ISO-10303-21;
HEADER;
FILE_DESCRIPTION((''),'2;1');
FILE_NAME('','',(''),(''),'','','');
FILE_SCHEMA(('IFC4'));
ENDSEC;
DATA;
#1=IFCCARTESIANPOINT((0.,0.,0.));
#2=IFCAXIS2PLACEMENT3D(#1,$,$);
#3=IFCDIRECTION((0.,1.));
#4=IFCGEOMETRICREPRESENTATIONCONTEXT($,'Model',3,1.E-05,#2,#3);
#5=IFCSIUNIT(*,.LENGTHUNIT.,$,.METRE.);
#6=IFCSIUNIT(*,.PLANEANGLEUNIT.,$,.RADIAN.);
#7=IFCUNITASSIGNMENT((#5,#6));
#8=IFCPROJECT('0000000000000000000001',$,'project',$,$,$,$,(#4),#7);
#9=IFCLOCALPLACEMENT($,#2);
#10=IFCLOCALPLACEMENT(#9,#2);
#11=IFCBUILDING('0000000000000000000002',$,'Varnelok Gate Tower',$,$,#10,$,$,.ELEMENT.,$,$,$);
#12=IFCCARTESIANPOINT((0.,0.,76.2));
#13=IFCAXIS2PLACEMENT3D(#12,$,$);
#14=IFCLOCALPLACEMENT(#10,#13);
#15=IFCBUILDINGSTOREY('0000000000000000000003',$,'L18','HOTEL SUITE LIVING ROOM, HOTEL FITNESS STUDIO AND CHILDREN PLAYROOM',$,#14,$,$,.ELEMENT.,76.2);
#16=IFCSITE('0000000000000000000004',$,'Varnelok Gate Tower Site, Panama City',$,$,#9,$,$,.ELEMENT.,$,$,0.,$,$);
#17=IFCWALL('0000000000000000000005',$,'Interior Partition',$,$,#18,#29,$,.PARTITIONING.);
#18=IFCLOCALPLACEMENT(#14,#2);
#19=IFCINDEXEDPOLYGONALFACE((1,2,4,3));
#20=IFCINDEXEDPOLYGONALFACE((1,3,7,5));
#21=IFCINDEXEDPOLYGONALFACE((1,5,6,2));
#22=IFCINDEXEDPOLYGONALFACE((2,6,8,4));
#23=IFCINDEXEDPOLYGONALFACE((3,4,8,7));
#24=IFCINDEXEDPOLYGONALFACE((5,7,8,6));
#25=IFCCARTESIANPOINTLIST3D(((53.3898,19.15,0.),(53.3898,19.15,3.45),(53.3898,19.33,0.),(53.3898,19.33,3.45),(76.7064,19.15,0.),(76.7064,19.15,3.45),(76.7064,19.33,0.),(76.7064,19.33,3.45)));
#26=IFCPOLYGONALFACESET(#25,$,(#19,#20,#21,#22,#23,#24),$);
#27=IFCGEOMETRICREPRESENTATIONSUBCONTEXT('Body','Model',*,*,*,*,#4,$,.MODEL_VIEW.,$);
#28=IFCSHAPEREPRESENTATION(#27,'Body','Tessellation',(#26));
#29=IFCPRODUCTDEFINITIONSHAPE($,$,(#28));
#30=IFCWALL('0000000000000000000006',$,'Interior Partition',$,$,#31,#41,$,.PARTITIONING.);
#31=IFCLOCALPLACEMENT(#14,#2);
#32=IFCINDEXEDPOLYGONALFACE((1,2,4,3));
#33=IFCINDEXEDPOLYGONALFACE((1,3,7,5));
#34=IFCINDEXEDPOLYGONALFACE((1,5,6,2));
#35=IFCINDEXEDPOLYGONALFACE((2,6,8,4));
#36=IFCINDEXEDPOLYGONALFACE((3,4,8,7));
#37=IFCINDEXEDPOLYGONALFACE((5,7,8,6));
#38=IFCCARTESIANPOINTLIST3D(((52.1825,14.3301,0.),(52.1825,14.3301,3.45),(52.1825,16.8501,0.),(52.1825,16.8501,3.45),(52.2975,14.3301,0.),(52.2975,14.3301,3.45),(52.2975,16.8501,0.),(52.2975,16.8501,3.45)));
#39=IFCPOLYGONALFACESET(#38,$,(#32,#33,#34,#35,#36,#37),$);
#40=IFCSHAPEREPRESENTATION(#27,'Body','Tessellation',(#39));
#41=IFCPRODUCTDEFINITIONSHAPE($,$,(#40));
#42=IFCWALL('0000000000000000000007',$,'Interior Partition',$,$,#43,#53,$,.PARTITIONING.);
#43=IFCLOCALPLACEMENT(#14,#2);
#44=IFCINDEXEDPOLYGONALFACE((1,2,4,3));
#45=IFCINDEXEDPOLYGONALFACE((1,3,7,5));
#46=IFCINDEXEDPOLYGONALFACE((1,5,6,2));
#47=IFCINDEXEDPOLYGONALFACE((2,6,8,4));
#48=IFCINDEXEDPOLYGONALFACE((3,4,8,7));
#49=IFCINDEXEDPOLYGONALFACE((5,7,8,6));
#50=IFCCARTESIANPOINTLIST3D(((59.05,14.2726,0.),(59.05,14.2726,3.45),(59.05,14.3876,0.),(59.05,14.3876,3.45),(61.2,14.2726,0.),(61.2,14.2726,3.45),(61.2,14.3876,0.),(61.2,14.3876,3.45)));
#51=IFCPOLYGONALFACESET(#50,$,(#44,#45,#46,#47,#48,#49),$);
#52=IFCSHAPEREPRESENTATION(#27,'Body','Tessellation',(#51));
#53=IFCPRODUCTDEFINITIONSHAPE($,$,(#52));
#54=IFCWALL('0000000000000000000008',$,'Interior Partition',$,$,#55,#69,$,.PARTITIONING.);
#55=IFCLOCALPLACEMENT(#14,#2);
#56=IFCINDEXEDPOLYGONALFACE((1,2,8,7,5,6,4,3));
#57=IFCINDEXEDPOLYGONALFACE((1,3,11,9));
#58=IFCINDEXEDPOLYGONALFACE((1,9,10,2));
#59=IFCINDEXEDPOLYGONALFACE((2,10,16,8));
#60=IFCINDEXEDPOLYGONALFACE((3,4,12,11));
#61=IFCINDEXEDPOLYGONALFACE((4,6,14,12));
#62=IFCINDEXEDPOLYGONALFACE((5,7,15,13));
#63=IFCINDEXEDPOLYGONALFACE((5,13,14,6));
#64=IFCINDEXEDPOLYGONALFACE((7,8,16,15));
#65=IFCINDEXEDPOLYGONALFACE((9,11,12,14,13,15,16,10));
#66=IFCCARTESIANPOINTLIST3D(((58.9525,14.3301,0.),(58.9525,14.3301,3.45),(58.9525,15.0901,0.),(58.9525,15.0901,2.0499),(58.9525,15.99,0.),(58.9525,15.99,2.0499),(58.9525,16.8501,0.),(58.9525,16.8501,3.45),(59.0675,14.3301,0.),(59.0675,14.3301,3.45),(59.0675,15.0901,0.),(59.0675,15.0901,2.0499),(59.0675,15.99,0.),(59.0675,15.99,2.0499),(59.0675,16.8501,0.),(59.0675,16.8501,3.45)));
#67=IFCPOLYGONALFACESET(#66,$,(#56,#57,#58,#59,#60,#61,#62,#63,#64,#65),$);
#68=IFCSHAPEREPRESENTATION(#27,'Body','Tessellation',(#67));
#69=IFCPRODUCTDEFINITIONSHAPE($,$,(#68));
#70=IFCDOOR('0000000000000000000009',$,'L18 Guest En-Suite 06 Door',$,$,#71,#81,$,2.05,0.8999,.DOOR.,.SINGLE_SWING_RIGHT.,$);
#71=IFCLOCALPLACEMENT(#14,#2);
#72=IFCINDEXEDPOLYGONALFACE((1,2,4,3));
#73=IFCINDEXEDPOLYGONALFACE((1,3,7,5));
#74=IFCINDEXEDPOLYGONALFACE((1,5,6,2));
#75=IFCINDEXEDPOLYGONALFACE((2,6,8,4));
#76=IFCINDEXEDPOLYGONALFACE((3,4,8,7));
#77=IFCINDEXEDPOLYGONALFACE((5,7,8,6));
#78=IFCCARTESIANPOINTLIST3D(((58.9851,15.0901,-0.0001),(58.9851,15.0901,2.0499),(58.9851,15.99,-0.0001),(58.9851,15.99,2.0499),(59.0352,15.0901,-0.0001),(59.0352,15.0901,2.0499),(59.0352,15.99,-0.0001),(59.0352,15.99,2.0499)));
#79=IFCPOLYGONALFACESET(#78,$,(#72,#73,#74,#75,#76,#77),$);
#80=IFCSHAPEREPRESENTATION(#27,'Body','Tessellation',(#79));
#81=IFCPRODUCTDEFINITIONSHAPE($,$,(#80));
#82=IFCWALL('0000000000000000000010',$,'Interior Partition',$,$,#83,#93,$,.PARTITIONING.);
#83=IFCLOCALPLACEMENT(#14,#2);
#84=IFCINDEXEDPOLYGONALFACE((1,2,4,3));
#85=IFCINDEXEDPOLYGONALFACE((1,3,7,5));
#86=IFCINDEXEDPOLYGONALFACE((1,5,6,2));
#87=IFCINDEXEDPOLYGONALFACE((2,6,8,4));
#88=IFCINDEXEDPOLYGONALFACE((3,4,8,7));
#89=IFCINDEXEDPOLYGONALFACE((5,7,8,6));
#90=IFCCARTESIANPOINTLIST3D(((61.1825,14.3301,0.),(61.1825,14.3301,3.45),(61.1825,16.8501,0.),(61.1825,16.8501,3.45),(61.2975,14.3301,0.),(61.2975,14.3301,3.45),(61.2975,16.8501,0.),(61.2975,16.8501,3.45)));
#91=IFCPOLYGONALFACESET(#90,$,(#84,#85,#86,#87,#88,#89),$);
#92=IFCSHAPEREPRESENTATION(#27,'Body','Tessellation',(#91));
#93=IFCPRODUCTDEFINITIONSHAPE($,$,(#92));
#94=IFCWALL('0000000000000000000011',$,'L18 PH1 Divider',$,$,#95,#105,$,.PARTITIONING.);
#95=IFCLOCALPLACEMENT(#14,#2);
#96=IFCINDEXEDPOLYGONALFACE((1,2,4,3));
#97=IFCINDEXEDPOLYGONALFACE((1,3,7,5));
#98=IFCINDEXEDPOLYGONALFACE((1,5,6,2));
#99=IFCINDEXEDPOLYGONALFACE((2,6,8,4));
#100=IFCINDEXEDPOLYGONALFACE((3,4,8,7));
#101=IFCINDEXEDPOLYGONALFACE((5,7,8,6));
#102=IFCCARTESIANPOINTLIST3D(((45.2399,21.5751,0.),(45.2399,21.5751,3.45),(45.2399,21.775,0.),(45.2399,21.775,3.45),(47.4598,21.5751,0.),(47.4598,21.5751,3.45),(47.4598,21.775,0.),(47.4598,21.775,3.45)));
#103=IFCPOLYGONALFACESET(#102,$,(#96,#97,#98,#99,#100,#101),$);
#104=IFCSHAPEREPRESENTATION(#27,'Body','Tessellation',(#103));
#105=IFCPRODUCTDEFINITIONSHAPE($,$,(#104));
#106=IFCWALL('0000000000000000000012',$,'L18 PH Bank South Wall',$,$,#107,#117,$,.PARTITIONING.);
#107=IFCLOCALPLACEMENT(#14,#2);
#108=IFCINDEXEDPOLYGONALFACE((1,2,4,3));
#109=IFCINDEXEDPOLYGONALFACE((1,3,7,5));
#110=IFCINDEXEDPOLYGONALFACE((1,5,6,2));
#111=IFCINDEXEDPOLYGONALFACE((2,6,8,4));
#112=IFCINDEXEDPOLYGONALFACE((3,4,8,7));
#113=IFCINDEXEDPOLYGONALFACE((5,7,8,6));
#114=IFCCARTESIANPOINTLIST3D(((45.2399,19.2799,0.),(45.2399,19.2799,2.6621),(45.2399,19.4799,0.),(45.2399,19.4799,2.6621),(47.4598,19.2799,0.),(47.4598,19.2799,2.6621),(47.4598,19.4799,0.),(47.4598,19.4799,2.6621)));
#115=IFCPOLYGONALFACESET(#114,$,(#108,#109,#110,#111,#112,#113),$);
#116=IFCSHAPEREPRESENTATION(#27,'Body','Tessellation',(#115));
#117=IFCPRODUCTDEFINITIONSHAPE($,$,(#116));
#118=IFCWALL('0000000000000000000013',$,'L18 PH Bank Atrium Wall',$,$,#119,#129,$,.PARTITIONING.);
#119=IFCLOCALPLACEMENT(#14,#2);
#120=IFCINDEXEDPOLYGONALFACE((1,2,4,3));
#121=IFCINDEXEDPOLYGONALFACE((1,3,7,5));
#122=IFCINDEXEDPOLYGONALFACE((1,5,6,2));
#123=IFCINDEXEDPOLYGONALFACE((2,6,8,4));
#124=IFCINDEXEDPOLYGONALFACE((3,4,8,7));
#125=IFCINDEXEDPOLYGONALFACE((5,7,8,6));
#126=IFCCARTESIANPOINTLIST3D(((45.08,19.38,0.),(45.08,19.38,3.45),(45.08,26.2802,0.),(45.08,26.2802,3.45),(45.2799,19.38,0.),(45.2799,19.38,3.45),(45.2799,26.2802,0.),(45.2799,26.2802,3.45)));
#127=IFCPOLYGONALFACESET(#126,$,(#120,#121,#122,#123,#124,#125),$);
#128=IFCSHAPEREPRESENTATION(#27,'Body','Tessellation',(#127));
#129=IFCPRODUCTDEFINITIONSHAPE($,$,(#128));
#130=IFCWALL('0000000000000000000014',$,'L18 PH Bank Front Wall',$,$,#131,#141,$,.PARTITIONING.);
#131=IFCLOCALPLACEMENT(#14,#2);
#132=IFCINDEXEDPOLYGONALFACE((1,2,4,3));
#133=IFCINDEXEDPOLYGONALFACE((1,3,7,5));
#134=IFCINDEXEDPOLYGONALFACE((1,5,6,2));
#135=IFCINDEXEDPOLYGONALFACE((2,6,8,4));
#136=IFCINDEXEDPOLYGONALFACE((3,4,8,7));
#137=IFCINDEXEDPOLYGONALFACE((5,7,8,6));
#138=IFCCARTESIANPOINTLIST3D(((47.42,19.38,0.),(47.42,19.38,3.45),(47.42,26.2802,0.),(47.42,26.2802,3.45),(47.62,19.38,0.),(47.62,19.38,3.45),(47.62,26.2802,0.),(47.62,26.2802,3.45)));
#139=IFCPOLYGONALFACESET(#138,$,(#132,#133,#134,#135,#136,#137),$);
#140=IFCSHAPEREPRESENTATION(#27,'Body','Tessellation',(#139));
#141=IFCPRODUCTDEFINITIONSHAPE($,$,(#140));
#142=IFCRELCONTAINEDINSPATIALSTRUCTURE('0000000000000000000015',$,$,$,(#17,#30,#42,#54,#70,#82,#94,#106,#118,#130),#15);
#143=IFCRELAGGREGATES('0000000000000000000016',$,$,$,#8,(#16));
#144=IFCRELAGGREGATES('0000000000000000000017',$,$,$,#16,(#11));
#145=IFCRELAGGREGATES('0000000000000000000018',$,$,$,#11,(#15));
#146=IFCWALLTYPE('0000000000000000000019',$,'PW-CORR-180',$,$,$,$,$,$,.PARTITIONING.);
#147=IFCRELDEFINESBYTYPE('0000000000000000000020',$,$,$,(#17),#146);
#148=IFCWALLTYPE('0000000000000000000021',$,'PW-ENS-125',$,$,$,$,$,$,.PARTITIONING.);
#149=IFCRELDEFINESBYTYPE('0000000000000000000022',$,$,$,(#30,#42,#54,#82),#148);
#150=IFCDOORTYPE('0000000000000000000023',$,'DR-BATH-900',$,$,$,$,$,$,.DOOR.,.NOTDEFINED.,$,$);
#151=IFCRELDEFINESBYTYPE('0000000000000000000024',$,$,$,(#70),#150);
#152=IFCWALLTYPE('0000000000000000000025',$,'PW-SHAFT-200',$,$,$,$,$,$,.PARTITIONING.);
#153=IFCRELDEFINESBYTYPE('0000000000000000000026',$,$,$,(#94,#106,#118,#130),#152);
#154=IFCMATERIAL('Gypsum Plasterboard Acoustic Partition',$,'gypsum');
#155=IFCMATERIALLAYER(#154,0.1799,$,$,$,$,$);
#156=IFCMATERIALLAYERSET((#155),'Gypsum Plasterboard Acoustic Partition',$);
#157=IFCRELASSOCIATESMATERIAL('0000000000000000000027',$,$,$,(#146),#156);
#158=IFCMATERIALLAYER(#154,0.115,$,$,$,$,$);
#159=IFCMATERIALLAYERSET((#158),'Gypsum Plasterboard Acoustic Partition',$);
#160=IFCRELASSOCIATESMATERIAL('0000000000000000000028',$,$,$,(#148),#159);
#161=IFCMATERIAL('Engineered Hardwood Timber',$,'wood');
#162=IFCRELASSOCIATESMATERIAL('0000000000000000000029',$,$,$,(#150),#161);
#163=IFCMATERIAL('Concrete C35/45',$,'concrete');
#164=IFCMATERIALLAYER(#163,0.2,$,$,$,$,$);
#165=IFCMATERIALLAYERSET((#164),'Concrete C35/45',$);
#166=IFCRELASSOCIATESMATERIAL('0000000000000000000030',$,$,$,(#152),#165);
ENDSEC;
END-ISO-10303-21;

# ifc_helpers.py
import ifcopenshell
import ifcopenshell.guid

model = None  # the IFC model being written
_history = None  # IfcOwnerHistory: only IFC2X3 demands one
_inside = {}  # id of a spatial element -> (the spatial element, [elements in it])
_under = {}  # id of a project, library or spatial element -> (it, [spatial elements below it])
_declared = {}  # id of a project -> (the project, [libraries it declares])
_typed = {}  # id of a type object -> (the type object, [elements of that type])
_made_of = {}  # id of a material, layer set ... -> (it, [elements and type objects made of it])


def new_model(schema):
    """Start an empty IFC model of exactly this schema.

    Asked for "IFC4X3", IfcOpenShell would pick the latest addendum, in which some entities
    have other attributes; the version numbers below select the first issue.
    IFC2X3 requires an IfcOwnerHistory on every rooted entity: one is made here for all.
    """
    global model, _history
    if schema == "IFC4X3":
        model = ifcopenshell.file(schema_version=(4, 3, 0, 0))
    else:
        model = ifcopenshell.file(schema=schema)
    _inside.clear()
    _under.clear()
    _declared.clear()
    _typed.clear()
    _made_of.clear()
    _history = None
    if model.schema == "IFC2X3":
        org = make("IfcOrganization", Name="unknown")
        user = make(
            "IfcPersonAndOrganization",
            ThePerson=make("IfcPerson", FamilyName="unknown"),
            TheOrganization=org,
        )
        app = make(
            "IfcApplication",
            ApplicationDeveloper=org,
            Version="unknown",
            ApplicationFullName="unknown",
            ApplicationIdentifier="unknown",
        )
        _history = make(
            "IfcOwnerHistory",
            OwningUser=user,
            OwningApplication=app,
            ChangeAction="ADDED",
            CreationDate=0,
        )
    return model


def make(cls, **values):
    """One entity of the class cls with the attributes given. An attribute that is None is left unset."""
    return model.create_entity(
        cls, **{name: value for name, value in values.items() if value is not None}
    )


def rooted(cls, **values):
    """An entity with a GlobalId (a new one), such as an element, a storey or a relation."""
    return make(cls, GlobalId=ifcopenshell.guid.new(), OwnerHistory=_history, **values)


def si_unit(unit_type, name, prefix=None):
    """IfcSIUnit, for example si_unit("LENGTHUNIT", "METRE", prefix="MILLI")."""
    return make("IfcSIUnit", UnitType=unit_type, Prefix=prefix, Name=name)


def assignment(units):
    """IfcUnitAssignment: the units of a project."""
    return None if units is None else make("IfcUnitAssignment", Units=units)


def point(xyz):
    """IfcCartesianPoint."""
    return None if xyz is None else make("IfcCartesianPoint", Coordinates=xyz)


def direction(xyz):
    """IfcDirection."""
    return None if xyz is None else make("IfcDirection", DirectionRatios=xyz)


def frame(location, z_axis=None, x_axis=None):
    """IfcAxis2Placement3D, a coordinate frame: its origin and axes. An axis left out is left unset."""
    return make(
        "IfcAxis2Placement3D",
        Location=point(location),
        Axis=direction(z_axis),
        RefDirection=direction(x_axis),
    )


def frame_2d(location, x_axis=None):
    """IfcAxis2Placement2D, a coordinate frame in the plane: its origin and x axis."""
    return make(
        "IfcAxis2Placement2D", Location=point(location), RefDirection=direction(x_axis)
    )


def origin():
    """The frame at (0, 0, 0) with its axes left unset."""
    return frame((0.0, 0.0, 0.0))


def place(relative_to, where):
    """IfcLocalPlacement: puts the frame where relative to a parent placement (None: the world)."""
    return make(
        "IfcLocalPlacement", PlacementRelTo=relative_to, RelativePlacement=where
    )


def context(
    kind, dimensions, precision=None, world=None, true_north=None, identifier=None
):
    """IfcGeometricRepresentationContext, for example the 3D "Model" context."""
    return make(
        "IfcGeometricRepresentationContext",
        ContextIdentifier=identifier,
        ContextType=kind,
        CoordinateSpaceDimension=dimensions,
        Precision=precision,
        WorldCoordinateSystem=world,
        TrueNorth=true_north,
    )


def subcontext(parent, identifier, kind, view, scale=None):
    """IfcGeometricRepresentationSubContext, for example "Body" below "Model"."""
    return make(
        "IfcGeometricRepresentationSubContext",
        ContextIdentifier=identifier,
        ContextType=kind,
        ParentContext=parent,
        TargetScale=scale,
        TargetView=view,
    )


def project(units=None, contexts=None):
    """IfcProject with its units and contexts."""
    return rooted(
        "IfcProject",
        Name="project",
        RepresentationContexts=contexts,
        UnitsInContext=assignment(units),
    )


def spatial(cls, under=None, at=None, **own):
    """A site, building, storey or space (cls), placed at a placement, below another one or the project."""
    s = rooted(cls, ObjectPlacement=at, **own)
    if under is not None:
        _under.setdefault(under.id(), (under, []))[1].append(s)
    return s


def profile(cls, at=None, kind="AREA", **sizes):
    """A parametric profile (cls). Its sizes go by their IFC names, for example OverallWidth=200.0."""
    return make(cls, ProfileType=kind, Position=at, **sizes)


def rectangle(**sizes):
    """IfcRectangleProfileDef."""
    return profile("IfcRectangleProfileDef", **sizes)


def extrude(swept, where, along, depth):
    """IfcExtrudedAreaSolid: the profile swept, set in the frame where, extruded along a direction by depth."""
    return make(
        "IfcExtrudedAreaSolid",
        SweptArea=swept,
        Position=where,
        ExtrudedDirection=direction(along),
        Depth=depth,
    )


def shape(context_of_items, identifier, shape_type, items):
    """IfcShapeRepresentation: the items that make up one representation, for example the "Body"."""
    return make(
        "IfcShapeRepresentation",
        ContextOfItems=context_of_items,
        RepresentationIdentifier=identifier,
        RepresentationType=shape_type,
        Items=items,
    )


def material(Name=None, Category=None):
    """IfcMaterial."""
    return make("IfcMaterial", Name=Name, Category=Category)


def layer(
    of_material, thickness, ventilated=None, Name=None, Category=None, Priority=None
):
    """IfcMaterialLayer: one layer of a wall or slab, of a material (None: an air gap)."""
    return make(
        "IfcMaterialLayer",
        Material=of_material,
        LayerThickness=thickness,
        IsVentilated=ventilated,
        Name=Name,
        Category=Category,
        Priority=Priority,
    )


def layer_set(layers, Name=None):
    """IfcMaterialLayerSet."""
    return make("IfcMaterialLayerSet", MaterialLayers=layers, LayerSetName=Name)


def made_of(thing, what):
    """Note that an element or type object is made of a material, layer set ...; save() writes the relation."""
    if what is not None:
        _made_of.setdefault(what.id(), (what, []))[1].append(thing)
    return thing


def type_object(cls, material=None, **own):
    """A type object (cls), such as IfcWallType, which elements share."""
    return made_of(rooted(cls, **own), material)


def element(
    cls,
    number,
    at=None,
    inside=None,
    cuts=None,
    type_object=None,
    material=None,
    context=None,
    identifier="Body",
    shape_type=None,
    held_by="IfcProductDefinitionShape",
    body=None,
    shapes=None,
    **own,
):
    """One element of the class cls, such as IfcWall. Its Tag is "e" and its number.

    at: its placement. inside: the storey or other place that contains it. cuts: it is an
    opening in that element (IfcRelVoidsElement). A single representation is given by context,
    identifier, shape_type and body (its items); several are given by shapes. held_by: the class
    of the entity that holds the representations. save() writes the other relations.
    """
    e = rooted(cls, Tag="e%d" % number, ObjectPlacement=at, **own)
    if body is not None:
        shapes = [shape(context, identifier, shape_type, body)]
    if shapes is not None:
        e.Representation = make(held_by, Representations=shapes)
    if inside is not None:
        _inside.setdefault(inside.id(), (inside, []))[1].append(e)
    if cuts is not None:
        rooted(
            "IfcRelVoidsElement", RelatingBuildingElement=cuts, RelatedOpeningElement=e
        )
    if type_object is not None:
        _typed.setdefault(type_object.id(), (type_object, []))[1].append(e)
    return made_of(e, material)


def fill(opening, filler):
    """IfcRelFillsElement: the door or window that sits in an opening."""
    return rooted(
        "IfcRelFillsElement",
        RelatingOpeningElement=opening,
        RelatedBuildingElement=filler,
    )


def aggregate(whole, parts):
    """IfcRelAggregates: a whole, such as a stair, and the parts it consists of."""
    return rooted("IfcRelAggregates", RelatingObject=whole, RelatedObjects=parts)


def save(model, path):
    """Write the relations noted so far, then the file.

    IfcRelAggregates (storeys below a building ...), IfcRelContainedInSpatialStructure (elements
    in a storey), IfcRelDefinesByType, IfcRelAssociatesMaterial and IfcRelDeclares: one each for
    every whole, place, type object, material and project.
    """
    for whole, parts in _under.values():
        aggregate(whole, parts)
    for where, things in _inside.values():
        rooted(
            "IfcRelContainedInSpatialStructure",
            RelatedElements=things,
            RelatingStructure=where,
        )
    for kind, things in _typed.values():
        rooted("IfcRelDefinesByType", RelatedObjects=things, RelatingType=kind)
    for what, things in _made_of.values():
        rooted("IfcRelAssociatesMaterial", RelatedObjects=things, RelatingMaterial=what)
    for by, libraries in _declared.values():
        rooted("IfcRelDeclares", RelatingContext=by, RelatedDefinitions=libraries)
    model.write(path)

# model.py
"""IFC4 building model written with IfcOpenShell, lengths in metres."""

from ifc_helpers import new_model, si_unit, direction, frame, frame_2d, origin, place, context, subcontext, project, spatial, rectangle, extrude, material, layer, layer_set, type_object, element, fill, save


model = new_model("IFC4")

# Units and contexts
model_context = context("Model", 3, precision=1e-05, world=origin(), true_north=direction((0.0, 1.0)))
body_context = subcontext(model_context, "Body", "Model", "MODEL_VIEW")
ifc_project = project(units=[si_unit("LENGTHUNIT", "METRE"), si_unit("PLANEANGLEUNIT", "RADIAN")], contexts=[model_context])

# Site, building, storey
site_placement = place(None, origin())
site = spatial("IfcSite", under=ifc_project, at=site_placement, Name="Varnelok Gate Tower Site, Panama City", CompositionType="ELEMENT", RefElevation=0.0)
building_placement = place(site_placement, origin())
building = spatial("IfcBuilding", under=site, at=building_placement, Name="Varnelok Gate Tower", CompositionType="ELEMENT")
storey_placement = place(building_placement, frame((0.0, 0.0, 76.2)))
storey = spatial("IfcBuildingStorey", under=building, at=storey_placement, Name="L18", Description="HOTEL SUITE LIVING ROOM, HOTEL FITNESS STUDIO AND CHILDREN PLAYROOM", CompositionType="ELEMENT", Elevation=76.2)

# Shared definitions
ifc_material_1 = material(Name="Gypsum Plasterboard Acoustic Partition", Category="gypsum")
ifc_layer_1 = layer(ifc_material_1, 0.1799)
ifc_layer_set_1 = layer_set([ifc_layer_1], Name="Gypsum Plasterboard Acoustic Partition")
wall_type_1 = type_object("IfcWallType", Name="PW-CORR-180", PredefinedType="PARTITIONING", material=ifc_layer_set_1)
ifc_material_2 = material(Name="Engineered Hardwood Timber", Category="wood")

# Walls
wall_1_placement = place(storey_placement, frame((53.3899, 19.24, 0.0), z_axis=(0.0, 0.0, 1.0), x_axis=(1.0, 0.0, 0.0)))
element("IfcWall", 1, at=wall_1_placement, inside=storey, type_object=wall_type_1, Name="Interior Partition", PredefinedType="PARTITIONING", context=body_context, shape_type="SweptSolid", body=[
    extrude(rectangle(XDim=23.3167, YDim=0.1799, at=frame_2d((11.6582, 0.0))), origin(), (0.0, 0.0, 1.0), 3.45),
])
ifc_layer_2 = layer(ifc_material_1, 0.115)
ifc_layer_set_2 = layer_set([ifc_layer_2], Name="Gypsum Plasterboard Acoustic Partition")
wall_type_2 = type_object("IfcWallType", Name="PW-ENS-125", PredefinedType="PARTITIONING", material=ifc_layer_set_2)
wall_2_placement = place(storey_placement, frame((52.24, 14.3301, 0.0), z_axis=(0.0, 0.0, 1.0), x_axis=(0.0, 1.0, 0.0)))
element("IfcWall", 2, at=wall_2_placement, inside=storey, type_object=wall_type_2, Name="Interior Partition", PredefinedType="PARTITIONING", context=body_context, shape_type="SweptSolid", body=[
    extrude(rectangle(XDim=2.52, YDim=0.115, at=frame_2d((1.26, 0.0))), origin(), (0.0, 0.0, 1.0), 3.45),
])
wall_3_placement = place(storey_placement, frame((59.05, 14.3301, 0.0), z_axis=(0.0, 0.0, 1.0), x_axis=(1.0, 0.0, 0.0)))
element("IfcWall", 3, at=wall_3_placement, inside=storey, type_object=wall_type_2, Name="Interior Partition", PredefinedType="PARTITIONING", context=body_context, shape_type="SweptSolid", body=[
    extrude(rectangle(XDim=2.1499, YDim=0.115, at=frame_2d((1.075, 0.0))), origin(), (0.0, 0.0, 1.0), 3.45),
])

# Wall, opening, door
wall_4_placement = place(storey_placement, frame((59.01, 14.3301, 0.0), z_axis=(0.0, 0.0, 1.0), x_axis=(0.0, 1.0, 0.0)))
wall_4 = element("IfcWall", 4, at=wall_4_placement, inside=storey, type_object=wall_type_2, Name="Interior Partition", PredefinedType="PARTITIONING", context=body_context, shape_type="SweptSolid", body=[
    extrude(rectangle(XDim=2.52, YDim=0.115, at=frame_2d((1.26, 0.0))), origin(), (0.0, 0.0, 1.0), 3.45),
])
opening_1_placement = place(wall_4_placement, frame((0.76, 0.0, 0.0)))
opening_1 = element("IfcOpeningElement", 5, at=opening_1_placement, cuts=wall_4, PredefinedType="OPENING", context=body_context, shape_type="SweptSolid", body=[
    extrude(rectangle(XDim=0.8999, YDim=2.05, at=frame_2d((0.45, 1.0249))), frame((0.0, 0.0674, 0.0), z_axis=(0.0, -1.0, 0.0), x_axis=(1.0, 0.0, 0.0)), (0.0, 0.0, 1.0), 0.135),
])
door_type_1 = type_object("IfcDoorType", Name="DR-BATH-900", OperationType="NOTDEFINED", PredefinedType="DOOR", material=ifc_material_2)
door_1_placement = place(opening_1_placement, origin())
door_1 = element("IfcDoor", 6, at=door_1_placement, inside=storey, type_object=door_type_1, Name="L18 Guest En-Suite 06 Door", OperationType="SINGLE_SWING_RIGHT", OverallHeight=2.05, OverallWidth=0.8999, PredefinedType="DOOR", context=body_context, shape_type="SweptSolid", body=[
    extrude(rectangle(XDim=0.8999, YDim=2.05, at=frame_2d((0.45, 1.0249))), frame((0.0, 0.0249, 0.0), z_axis=(0.0, -1.0, 0.0), x_axis=(1.0, 0.0, 0.0)), (0.0, 0.0, 1.0), 0.05),
])
fill(opening_1, door_1)

# Walls
wall_5_placement = place(storey_placement, frame((61.24, 14.3301, 0.0), z_axis=(0.0, 0.0, 1.0), x_axis=(0.0, 1.0, 0.0)))
element("IfcWall", 7, at=wall_5_placement, inside=storey, type_object=wall_type_2, Name="Interior Partition", PredefinedType="PARTITIONING", context=body_context, shape_type="SweptSolid", body=[
    extrude(rectangle(XDim=2.52, YDim=0.115, at=frame_2d((1.26, 0.0))), origin(), (0.0, 0.0, 1.0), 3.45),
])
ifc_material_3 = material(Name="Concrete C35/45", Category="concrete")
ifc_layer_3 = layer(ifc_material_3, 0.2)
ifc_layer_set_3 = layer_set([ifc_layer_3], Name="Concrete C35/45")
wall_type_3 = type_object("IfcWallType", Name="PW-SHAFT-200", PredefinedType="PARTITIONING", material=ifc_layer_set_3)
wall_6_placement = place(storey_placement, frame((45.24, 21.675, 0.0), z_axis=(0.0, 0.0, 1.0), x_axis=(1.0, 0.0, 0.0)))
element("IfcWall", 8, at=wall_6_placement, inside=storey, type_object=wall_type_3, Name="L18 PH1 Divider", PredefinedType="PARTITIONING", context=body_context, shape_type="SweptSolid", body=[
    extrude(rectangle(XDim=2.22, YDim=0.2, at=frame_2d((1.1099, 0.0))), origin(), (0.0, 0.0, 1.0), 3.45),
])
wall_7_placement = place(storey_placement, frame((45.24, 19.3799, 0.0), z_axis=(0.0, 0.0, 1.0), x_axis=(1.0, 0.0, 0.0)))
element("IfcWall", 9, at=wall_7_placement, inside=storey, type_object=wall_type_3, Name="L18 PH Bank South Wall", PredefinedType="PARTITIONING", context=body_context, shape_type="SweptSolid", body=[
    extrude(rectangle(XDim=2.22, YDim=0.2, at=frame_2d((1.1099, 0.0))), origin(), (0.0, 0.0, 1.0), 2.6621),
])
for number, where, z_axis, x_axis, name in (
    (10, (45.1799, 19.3799, 0.0), (0.0, 0.0, 1.0), (0.0, 1.0, 0.0), "L18 PH Bank Atrium Wall"),
    (11, (47.52, 19.3799, 0.0), (0.0, 0.0, 1.0), (0.0, 1.0, 0.0), "L18 PH Bank Front Wall"),
):
    element("IfcWall", number, at=place(storey_placement, frame(where, z_axis=z_axis, x_axis=x_axis)), inside=storey, type_object=wall_type_3, Name=name, PredefinedType="PARTITIONING", context=body_context, shape_type="SweptSolid", body=[
        extrude(rectangle(XDim=6.9001, YDim=0.2, at=frame_2d((3.4502, 0.0))), origin(), (0.0, 0.0, 1.0), 3.45),
    ])

save(model, "model.ifc")
